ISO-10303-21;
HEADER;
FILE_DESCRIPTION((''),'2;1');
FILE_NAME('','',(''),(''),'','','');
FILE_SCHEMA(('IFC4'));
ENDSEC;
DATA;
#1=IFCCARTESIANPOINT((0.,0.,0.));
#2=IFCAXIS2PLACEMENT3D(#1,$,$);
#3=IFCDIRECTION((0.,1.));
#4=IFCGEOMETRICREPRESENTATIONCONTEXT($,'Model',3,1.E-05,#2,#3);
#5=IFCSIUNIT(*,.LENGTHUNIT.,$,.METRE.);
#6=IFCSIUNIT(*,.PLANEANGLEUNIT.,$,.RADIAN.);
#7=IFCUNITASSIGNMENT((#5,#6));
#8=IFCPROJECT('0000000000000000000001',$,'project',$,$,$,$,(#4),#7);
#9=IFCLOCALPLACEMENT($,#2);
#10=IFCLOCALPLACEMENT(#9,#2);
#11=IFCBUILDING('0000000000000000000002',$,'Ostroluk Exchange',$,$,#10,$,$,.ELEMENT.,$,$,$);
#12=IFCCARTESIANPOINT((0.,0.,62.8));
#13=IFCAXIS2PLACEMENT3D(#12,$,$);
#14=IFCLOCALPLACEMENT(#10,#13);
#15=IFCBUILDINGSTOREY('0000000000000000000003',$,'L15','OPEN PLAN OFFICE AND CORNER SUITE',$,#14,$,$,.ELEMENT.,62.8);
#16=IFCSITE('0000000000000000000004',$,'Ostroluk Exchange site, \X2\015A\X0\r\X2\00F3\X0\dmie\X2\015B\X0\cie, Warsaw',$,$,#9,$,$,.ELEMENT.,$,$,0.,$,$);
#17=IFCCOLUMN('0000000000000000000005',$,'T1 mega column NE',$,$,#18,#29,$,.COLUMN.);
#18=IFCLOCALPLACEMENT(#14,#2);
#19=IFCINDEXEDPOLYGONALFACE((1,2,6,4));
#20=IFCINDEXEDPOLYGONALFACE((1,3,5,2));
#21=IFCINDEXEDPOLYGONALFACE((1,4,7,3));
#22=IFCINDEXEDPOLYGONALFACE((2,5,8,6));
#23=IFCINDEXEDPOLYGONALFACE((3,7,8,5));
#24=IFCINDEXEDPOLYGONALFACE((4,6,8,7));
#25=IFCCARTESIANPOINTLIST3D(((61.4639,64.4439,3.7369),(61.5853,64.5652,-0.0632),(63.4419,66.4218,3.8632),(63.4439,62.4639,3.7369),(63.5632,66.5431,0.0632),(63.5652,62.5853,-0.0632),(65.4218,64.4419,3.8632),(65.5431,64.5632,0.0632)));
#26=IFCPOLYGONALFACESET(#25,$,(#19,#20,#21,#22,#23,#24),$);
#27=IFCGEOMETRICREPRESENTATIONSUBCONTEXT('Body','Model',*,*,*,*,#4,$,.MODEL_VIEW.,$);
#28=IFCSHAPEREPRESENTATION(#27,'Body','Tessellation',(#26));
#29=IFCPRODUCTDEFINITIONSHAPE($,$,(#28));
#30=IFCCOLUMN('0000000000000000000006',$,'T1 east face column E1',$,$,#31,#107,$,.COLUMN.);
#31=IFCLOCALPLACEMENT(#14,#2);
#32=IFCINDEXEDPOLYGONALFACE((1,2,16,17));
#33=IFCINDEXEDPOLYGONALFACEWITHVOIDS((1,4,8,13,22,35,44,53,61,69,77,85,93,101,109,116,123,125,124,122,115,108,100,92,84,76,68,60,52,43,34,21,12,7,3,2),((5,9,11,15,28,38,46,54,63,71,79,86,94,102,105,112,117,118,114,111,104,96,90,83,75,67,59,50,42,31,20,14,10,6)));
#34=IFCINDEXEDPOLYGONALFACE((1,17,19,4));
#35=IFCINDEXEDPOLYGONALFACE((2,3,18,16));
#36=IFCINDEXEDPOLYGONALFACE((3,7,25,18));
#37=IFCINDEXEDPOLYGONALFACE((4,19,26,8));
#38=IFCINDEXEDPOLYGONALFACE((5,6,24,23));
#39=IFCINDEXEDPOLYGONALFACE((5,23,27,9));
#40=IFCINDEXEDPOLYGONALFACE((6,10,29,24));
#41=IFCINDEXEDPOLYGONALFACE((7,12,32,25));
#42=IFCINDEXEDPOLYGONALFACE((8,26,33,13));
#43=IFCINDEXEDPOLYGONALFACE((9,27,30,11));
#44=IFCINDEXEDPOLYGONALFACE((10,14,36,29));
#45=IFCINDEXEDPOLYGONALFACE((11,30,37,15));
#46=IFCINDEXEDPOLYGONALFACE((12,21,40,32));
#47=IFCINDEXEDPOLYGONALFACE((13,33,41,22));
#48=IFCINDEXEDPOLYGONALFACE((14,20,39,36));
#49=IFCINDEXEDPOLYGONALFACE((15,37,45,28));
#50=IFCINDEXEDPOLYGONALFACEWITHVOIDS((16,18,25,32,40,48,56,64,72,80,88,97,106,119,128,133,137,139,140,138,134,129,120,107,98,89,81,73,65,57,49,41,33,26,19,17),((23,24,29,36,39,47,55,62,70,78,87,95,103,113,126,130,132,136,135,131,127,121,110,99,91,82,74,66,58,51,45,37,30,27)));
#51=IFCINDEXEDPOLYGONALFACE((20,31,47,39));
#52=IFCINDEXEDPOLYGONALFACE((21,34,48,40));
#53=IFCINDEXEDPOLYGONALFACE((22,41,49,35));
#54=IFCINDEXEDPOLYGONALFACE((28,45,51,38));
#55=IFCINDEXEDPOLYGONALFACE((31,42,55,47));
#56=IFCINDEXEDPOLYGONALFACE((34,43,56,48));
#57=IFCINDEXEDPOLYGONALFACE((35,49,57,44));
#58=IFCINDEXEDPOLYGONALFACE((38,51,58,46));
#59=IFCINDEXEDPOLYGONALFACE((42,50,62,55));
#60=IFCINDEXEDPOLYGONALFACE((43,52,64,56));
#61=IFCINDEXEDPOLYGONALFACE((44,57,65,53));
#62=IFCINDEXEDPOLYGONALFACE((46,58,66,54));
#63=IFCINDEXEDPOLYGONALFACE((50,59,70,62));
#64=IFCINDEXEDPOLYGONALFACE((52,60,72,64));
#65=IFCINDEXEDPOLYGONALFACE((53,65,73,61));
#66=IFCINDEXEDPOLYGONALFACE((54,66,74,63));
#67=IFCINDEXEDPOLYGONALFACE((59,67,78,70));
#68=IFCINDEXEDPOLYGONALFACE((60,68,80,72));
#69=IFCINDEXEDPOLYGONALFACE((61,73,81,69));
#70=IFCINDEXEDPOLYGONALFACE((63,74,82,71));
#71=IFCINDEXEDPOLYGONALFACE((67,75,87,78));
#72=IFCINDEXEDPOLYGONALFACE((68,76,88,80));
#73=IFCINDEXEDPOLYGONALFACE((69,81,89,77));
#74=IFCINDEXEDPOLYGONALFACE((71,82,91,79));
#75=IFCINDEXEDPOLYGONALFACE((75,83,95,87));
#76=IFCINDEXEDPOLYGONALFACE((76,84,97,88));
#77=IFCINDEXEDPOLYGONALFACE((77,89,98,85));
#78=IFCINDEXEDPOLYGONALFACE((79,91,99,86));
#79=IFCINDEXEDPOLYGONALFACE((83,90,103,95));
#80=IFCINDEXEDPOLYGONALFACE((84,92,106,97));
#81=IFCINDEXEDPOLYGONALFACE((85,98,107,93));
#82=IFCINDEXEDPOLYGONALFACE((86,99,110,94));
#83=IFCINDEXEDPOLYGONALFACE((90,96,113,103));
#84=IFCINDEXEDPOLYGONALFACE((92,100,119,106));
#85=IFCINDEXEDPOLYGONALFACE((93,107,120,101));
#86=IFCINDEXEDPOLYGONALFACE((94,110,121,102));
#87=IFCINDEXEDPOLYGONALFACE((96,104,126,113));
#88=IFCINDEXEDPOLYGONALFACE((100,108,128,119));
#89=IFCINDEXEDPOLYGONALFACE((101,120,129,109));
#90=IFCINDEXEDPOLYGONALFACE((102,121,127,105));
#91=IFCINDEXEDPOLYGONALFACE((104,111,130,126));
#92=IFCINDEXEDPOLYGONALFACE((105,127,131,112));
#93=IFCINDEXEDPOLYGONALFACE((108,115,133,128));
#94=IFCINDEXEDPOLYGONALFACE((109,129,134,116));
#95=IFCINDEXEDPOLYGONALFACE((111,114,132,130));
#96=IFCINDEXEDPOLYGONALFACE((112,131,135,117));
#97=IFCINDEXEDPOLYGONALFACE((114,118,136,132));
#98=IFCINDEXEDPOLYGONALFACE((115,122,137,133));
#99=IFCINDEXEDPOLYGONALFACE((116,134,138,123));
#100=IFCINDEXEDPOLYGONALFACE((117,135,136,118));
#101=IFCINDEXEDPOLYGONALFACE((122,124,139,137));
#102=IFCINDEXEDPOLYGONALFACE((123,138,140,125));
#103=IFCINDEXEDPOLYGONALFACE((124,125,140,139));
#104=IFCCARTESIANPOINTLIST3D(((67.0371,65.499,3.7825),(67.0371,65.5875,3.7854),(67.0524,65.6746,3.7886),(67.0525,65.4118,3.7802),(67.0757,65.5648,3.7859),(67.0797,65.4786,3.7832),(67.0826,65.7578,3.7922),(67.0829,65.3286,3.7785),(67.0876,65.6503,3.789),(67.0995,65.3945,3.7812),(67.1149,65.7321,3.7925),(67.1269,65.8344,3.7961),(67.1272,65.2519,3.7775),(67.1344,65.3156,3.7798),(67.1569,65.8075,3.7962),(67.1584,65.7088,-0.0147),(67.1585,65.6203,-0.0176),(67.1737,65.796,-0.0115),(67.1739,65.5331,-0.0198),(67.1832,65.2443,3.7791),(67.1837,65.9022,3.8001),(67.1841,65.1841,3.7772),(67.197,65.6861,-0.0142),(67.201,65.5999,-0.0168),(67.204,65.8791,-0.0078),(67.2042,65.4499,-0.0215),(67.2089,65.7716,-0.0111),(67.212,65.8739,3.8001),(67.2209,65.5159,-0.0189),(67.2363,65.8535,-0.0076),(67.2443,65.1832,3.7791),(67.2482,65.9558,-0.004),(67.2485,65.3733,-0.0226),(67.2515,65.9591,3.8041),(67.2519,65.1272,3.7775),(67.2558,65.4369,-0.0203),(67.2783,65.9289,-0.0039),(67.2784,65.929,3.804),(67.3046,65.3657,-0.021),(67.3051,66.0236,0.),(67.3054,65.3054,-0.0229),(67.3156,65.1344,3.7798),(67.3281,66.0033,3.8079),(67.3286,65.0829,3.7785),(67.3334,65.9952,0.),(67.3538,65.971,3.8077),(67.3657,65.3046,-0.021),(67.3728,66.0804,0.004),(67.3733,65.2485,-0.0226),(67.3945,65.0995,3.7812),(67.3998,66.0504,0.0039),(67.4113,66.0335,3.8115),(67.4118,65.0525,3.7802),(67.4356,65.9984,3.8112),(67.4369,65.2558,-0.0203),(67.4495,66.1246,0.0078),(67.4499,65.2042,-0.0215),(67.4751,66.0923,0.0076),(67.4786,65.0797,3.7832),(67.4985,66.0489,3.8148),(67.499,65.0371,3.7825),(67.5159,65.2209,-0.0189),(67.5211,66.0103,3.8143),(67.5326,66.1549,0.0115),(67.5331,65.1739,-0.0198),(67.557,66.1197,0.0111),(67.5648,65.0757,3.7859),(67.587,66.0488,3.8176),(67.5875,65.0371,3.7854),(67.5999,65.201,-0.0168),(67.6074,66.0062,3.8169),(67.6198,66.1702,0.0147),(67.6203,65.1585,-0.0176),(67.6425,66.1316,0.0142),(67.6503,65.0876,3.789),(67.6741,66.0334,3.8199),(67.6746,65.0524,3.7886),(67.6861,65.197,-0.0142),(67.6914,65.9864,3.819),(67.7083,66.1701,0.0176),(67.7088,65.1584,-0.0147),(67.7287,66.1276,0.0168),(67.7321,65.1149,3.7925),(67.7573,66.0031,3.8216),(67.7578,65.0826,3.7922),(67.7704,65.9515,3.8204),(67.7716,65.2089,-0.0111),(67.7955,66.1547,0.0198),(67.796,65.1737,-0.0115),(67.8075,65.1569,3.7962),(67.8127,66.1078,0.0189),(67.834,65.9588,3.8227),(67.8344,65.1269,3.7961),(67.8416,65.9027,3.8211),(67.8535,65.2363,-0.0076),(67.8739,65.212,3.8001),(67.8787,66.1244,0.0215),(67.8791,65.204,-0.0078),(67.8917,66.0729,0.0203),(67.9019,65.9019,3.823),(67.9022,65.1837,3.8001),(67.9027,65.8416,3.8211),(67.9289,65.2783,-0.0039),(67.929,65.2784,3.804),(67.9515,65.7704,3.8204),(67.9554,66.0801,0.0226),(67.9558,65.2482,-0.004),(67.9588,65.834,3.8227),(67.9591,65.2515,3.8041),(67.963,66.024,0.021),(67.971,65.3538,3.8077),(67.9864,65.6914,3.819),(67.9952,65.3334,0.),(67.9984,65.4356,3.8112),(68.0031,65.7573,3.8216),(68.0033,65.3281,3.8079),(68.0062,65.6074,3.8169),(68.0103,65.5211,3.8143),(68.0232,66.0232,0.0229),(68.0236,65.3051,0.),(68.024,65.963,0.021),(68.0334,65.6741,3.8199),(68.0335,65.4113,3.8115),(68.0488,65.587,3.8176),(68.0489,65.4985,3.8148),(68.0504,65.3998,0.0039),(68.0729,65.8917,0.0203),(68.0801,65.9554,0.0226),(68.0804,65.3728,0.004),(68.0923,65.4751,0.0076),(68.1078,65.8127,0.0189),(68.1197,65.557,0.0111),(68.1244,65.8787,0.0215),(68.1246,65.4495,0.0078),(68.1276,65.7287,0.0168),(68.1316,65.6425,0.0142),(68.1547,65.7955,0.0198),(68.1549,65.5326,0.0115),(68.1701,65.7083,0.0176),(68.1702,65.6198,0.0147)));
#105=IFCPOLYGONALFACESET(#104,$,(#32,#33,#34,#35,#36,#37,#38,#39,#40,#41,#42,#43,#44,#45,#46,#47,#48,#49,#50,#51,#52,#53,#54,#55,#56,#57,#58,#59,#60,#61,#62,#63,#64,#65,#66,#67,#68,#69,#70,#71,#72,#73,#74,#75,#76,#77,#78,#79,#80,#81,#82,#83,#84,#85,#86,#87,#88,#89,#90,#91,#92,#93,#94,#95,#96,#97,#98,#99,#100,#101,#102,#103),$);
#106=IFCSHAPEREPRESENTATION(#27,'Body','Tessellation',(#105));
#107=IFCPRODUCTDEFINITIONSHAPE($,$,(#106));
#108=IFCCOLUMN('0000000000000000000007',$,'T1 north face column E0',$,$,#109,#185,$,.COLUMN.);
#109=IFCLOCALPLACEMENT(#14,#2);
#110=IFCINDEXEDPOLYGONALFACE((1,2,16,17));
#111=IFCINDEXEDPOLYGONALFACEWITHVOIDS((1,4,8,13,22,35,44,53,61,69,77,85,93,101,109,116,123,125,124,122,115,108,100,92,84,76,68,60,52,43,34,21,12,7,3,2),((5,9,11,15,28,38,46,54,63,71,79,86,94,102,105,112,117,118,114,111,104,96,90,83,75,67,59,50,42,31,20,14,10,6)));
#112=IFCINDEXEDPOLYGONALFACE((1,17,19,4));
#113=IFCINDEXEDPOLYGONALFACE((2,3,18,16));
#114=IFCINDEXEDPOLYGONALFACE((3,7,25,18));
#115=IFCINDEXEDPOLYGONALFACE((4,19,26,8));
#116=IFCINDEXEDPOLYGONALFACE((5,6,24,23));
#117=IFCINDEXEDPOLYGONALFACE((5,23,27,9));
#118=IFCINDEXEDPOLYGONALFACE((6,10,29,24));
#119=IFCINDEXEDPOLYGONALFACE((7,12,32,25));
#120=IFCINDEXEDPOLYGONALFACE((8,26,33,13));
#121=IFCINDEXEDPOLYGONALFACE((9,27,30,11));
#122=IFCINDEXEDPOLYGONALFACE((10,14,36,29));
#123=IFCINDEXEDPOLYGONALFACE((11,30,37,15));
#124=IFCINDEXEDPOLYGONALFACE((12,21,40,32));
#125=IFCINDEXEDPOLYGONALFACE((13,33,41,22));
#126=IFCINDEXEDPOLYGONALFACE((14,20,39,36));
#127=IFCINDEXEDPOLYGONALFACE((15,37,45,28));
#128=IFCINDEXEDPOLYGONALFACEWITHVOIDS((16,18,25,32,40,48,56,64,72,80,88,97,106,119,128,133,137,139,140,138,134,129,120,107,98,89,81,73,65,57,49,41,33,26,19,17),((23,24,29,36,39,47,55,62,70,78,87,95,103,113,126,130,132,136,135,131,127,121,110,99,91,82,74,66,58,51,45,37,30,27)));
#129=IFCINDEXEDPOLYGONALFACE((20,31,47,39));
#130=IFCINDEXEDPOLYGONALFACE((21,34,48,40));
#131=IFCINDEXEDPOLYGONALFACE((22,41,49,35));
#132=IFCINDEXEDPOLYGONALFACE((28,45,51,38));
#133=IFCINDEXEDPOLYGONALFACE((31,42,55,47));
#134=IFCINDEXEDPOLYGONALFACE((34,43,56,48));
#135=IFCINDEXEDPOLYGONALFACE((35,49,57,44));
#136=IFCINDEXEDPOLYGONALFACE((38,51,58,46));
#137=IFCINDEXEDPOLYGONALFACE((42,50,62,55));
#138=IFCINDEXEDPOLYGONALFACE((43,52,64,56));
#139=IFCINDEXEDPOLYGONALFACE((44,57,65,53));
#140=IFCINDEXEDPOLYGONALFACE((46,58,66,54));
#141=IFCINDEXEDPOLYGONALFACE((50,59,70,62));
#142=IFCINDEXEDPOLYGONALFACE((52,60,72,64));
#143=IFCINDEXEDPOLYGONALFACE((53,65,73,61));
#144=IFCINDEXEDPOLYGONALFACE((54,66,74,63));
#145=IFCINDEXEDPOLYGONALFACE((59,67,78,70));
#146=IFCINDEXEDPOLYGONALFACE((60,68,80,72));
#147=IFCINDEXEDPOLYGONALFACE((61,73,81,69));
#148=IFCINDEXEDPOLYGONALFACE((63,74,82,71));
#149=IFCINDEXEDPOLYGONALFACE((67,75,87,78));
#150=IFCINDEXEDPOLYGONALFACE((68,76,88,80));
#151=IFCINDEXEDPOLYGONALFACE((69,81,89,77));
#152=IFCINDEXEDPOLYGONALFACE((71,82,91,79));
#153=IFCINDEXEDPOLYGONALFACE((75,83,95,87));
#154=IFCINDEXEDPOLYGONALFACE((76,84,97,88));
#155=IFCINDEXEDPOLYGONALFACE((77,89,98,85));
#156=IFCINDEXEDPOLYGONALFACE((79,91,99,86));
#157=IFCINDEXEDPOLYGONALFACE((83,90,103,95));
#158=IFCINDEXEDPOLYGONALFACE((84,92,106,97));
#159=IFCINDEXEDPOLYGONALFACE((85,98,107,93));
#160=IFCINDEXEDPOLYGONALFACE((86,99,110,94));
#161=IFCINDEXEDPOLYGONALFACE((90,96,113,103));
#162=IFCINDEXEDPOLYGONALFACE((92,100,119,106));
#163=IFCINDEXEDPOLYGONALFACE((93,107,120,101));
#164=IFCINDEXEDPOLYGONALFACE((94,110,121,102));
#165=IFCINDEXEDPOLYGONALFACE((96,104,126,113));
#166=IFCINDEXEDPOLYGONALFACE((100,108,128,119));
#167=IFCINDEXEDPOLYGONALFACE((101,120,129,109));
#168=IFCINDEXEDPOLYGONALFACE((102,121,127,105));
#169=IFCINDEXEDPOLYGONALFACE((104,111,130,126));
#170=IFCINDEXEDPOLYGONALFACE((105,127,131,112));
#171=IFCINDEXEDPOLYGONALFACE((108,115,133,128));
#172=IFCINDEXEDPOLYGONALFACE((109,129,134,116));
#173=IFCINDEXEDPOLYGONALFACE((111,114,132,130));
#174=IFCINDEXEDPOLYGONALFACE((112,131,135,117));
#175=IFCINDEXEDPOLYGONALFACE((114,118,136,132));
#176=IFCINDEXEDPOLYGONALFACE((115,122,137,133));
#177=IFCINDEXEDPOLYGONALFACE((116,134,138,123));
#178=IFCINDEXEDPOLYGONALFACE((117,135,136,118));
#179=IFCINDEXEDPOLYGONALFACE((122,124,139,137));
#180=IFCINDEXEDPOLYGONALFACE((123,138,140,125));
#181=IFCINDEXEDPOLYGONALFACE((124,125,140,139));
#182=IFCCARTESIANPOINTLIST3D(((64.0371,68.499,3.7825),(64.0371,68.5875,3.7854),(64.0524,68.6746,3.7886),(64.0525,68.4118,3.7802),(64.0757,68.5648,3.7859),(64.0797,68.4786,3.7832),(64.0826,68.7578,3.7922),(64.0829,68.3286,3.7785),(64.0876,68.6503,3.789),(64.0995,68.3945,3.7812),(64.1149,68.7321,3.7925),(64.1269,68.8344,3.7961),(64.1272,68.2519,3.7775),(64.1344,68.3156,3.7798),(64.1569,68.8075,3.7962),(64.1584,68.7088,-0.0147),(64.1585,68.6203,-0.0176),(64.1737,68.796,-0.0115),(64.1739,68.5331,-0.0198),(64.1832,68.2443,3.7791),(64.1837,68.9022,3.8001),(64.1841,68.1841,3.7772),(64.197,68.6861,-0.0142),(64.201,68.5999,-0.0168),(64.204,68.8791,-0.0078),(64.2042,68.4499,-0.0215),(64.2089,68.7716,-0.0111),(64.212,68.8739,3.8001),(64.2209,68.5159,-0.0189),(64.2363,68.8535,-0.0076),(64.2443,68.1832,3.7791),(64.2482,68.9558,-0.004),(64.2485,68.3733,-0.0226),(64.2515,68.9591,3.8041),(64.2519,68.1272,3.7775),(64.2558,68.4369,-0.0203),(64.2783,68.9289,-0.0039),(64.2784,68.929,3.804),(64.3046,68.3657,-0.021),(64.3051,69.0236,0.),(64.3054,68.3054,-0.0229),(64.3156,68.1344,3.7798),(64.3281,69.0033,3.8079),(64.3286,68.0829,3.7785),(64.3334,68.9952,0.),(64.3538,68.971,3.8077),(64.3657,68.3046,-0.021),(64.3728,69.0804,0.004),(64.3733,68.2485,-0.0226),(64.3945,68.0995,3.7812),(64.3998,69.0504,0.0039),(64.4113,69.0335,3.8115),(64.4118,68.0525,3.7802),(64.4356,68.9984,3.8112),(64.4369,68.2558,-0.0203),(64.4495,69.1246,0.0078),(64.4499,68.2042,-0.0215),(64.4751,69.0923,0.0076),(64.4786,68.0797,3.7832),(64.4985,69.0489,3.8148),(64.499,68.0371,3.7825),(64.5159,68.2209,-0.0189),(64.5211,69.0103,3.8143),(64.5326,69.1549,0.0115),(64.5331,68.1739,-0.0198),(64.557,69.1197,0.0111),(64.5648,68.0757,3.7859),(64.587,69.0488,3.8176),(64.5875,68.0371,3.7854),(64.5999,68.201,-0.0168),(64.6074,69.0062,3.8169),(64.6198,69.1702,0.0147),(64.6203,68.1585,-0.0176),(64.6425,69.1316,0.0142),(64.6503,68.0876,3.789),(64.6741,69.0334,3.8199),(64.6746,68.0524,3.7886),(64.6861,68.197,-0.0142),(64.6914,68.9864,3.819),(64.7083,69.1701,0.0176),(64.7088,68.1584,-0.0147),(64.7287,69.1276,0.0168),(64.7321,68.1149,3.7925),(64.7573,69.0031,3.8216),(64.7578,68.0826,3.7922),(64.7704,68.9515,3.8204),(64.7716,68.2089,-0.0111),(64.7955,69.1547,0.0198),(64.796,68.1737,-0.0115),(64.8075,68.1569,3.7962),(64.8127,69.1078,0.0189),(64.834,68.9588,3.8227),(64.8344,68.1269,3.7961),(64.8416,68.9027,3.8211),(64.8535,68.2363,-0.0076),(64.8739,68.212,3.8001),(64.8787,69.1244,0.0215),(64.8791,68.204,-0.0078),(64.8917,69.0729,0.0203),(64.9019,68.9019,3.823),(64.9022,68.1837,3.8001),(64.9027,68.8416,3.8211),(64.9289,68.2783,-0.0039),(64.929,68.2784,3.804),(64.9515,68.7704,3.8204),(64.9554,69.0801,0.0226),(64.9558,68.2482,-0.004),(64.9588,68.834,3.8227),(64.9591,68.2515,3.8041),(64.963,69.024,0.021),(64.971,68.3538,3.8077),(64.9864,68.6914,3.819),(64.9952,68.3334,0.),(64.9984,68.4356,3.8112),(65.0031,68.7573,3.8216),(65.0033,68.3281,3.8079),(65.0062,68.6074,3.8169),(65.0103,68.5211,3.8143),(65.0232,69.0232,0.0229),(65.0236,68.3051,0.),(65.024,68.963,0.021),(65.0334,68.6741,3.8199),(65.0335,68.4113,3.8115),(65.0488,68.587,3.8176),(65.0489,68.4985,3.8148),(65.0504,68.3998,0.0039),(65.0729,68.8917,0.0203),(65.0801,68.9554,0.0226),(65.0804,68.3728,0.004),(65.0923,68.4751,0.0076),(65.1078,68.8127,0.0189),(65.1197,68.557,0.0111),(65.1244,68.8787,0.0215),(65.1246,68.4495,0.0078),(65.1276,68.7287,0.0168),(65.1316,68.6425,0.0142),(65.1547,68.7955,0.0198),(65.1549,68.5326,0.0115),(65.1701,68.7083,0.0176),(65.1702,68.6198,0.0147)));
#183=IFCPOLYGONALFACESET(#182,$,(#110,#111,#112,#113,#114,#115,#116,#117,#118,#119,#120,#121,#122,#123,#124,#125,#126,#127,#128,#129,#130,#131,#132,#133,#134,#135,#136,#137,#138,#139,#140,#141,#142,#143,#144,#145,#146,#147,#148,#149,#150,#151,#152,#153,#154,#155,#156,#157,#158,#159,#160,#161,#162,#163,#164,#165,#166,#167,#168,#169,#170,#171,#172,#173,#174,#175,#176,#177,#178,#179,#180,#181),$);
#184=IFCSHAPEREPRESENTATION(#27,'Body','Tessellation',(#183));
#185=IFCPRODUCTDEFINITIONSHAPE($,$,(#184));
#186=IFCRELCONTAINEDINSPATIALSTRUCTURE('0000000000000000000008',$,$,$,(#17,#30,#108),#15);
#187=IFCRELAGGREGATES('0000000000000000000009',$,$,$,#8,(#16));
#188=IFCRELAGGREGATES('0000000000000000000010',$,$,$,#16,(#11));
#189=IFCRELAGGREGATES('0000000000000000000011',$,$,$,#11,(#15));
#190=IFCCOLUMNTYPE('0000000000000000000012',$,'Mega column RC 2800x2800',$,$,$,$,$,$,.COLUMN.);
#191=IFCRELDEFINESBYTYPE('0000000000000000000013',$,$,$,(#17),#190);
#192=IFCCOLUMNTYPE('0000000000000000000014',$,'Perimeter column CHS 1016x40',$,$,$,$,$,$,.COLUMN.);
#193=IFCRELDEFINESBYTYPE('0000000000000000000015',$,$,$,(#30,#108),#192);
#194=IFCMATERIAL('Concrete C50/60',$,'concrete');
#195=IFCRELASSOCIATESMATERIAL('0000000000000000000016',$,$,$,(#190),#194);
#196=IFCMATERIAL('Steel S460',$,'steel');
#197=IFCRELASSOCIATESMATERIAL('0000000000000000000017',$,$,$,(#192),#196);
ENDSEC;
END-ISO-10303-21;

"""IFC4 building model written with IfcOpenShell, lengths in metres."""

from ifc_helpers import new_model, si_unit, direction, frame, origin, origin_2d, place, context, subcontext, project, spatial, rectangle, hollow_circle, extrude, material, material_profile, profile_set, type_object, element, save


model = new_model("IFC4")

# Units and contexts
model_context = context("Model", 3, precision=1e-05, world=origin(), true_north=direction((0.0, 1.0)))
body_context = subcontext(model_context, "Body", "Model", "MODEL_VIEW")
ifc_project = project(units=[si_unit("LENGTHUNIT", "METRE"), si_unit("PLANEANGLEUNIT", "RADIAN")], contexts=[model_context])

# Site, building, storey
site_placement = place(None, origin())
site = spatial("IfcSite", under=ifc_project, at=site_placement, Name="Ostroluk Exchange site, Śródmieście, Warsaw", CompositionType="ELEMENT", RefElevation=0.0)
building_placement = place(site_placement, origin())
building = spatial("IfcBuilding", under=site, at=building_placement, Name="Ostroluk Exchange", CompositionType="ELEMENT")
storey_placement = place(building_placement, frame((0.0, 0.0, 62.8)))
storey = spatial("IfcBuildingStorey", under=building, at=storey_placement, Name="L15", Description="OPEN PLAN OFFICE AND CORNER SUITE", CompositionType="ELEMENT", Elevation=62.8)

# Columns
ifc_material_1 = material(Name="Concrete C50/60", Category="concrete")
ifc_material_profile_1 = material_profile(ifc_material_1, rectangle(XDim=2.8, YDim=2.8, at=origin_2d()), Name="RC 2800x2800")
ifc_profile_set_1 = profile_set([ifc_material_profile_1], Name="Concrete C50/60")
column_type_1 = type_object("IfcColumnType", Name="Mega column RC 2800x2800", PredefinedType="COLUMN", material=ifc_profile_set_1)
column_1_placement = place(storey_placement, frame((63.5642, 64.5642, 0.0), z_axis=(-0.031898, -0.031898, 0.998982), x_axis=(0.707107, -0.707107, 0.0)))
element("IfcColumn", 1, at=column_1_placement, inside=storey, type_object=column_type_1, Name="T1 mega column NE", PredefinedType="COLUMN", context=body_context, shape_type="SweptSolid", body=[
    extrude(rectangle(XDim=2.8, YDim=2.8, at=origin_2d()), origin(), (0.0, 0.0, 1.0), 3.804),
])
ifc_material_2 = material(Name="Steel S460", Category="steel")
ifc_material_profile_2 = material_profile(ifc_material_2, hollow_circle(Radius=0.5081, WallThickness=0.04, at=origin_2d()), Name="CHS 1016x40")
ifc_profile_set_2 = profile_set([ifc_material_profile_2], Name="Steel S460")
column_type_2 = type_object("IfcColumnType", Name="Perimeter column CHS 1016x40", PredefinedType="COLUMN", material=ifc_profile_set_2)
for number, where, z_axis, x_axis, name in (
    (2, (67.6643, 65.6643, 0.0), (-0.031898, -0.031898, 0.998982), (0.707107, -0.707107, 0.0), "T1 east face column E1"),
    (3, (64.6643, 68.6643, 0.0), (-0.031898, -0.031898, 0.998982), (0.707107, -0.707107, 0.0), "T1 north face column E0"),
):
    element("IfcColumn", number, at=place(storey_placement, frame(where, z_axis=z_axis, x_axis=x_axis)), inside=storey, type_object=column_type_2, Name=name, PredefinedType="COLUMN", context=body_context, shape_type="SweptSolid", body=[
        extrude(hollow_circle(Radius=0.5081, WallThickness=0.04, at=origin_2d()), origin(), (0.0, 0.0, 1.0), 3.804),
    ])

save(model, "model.ifc")
